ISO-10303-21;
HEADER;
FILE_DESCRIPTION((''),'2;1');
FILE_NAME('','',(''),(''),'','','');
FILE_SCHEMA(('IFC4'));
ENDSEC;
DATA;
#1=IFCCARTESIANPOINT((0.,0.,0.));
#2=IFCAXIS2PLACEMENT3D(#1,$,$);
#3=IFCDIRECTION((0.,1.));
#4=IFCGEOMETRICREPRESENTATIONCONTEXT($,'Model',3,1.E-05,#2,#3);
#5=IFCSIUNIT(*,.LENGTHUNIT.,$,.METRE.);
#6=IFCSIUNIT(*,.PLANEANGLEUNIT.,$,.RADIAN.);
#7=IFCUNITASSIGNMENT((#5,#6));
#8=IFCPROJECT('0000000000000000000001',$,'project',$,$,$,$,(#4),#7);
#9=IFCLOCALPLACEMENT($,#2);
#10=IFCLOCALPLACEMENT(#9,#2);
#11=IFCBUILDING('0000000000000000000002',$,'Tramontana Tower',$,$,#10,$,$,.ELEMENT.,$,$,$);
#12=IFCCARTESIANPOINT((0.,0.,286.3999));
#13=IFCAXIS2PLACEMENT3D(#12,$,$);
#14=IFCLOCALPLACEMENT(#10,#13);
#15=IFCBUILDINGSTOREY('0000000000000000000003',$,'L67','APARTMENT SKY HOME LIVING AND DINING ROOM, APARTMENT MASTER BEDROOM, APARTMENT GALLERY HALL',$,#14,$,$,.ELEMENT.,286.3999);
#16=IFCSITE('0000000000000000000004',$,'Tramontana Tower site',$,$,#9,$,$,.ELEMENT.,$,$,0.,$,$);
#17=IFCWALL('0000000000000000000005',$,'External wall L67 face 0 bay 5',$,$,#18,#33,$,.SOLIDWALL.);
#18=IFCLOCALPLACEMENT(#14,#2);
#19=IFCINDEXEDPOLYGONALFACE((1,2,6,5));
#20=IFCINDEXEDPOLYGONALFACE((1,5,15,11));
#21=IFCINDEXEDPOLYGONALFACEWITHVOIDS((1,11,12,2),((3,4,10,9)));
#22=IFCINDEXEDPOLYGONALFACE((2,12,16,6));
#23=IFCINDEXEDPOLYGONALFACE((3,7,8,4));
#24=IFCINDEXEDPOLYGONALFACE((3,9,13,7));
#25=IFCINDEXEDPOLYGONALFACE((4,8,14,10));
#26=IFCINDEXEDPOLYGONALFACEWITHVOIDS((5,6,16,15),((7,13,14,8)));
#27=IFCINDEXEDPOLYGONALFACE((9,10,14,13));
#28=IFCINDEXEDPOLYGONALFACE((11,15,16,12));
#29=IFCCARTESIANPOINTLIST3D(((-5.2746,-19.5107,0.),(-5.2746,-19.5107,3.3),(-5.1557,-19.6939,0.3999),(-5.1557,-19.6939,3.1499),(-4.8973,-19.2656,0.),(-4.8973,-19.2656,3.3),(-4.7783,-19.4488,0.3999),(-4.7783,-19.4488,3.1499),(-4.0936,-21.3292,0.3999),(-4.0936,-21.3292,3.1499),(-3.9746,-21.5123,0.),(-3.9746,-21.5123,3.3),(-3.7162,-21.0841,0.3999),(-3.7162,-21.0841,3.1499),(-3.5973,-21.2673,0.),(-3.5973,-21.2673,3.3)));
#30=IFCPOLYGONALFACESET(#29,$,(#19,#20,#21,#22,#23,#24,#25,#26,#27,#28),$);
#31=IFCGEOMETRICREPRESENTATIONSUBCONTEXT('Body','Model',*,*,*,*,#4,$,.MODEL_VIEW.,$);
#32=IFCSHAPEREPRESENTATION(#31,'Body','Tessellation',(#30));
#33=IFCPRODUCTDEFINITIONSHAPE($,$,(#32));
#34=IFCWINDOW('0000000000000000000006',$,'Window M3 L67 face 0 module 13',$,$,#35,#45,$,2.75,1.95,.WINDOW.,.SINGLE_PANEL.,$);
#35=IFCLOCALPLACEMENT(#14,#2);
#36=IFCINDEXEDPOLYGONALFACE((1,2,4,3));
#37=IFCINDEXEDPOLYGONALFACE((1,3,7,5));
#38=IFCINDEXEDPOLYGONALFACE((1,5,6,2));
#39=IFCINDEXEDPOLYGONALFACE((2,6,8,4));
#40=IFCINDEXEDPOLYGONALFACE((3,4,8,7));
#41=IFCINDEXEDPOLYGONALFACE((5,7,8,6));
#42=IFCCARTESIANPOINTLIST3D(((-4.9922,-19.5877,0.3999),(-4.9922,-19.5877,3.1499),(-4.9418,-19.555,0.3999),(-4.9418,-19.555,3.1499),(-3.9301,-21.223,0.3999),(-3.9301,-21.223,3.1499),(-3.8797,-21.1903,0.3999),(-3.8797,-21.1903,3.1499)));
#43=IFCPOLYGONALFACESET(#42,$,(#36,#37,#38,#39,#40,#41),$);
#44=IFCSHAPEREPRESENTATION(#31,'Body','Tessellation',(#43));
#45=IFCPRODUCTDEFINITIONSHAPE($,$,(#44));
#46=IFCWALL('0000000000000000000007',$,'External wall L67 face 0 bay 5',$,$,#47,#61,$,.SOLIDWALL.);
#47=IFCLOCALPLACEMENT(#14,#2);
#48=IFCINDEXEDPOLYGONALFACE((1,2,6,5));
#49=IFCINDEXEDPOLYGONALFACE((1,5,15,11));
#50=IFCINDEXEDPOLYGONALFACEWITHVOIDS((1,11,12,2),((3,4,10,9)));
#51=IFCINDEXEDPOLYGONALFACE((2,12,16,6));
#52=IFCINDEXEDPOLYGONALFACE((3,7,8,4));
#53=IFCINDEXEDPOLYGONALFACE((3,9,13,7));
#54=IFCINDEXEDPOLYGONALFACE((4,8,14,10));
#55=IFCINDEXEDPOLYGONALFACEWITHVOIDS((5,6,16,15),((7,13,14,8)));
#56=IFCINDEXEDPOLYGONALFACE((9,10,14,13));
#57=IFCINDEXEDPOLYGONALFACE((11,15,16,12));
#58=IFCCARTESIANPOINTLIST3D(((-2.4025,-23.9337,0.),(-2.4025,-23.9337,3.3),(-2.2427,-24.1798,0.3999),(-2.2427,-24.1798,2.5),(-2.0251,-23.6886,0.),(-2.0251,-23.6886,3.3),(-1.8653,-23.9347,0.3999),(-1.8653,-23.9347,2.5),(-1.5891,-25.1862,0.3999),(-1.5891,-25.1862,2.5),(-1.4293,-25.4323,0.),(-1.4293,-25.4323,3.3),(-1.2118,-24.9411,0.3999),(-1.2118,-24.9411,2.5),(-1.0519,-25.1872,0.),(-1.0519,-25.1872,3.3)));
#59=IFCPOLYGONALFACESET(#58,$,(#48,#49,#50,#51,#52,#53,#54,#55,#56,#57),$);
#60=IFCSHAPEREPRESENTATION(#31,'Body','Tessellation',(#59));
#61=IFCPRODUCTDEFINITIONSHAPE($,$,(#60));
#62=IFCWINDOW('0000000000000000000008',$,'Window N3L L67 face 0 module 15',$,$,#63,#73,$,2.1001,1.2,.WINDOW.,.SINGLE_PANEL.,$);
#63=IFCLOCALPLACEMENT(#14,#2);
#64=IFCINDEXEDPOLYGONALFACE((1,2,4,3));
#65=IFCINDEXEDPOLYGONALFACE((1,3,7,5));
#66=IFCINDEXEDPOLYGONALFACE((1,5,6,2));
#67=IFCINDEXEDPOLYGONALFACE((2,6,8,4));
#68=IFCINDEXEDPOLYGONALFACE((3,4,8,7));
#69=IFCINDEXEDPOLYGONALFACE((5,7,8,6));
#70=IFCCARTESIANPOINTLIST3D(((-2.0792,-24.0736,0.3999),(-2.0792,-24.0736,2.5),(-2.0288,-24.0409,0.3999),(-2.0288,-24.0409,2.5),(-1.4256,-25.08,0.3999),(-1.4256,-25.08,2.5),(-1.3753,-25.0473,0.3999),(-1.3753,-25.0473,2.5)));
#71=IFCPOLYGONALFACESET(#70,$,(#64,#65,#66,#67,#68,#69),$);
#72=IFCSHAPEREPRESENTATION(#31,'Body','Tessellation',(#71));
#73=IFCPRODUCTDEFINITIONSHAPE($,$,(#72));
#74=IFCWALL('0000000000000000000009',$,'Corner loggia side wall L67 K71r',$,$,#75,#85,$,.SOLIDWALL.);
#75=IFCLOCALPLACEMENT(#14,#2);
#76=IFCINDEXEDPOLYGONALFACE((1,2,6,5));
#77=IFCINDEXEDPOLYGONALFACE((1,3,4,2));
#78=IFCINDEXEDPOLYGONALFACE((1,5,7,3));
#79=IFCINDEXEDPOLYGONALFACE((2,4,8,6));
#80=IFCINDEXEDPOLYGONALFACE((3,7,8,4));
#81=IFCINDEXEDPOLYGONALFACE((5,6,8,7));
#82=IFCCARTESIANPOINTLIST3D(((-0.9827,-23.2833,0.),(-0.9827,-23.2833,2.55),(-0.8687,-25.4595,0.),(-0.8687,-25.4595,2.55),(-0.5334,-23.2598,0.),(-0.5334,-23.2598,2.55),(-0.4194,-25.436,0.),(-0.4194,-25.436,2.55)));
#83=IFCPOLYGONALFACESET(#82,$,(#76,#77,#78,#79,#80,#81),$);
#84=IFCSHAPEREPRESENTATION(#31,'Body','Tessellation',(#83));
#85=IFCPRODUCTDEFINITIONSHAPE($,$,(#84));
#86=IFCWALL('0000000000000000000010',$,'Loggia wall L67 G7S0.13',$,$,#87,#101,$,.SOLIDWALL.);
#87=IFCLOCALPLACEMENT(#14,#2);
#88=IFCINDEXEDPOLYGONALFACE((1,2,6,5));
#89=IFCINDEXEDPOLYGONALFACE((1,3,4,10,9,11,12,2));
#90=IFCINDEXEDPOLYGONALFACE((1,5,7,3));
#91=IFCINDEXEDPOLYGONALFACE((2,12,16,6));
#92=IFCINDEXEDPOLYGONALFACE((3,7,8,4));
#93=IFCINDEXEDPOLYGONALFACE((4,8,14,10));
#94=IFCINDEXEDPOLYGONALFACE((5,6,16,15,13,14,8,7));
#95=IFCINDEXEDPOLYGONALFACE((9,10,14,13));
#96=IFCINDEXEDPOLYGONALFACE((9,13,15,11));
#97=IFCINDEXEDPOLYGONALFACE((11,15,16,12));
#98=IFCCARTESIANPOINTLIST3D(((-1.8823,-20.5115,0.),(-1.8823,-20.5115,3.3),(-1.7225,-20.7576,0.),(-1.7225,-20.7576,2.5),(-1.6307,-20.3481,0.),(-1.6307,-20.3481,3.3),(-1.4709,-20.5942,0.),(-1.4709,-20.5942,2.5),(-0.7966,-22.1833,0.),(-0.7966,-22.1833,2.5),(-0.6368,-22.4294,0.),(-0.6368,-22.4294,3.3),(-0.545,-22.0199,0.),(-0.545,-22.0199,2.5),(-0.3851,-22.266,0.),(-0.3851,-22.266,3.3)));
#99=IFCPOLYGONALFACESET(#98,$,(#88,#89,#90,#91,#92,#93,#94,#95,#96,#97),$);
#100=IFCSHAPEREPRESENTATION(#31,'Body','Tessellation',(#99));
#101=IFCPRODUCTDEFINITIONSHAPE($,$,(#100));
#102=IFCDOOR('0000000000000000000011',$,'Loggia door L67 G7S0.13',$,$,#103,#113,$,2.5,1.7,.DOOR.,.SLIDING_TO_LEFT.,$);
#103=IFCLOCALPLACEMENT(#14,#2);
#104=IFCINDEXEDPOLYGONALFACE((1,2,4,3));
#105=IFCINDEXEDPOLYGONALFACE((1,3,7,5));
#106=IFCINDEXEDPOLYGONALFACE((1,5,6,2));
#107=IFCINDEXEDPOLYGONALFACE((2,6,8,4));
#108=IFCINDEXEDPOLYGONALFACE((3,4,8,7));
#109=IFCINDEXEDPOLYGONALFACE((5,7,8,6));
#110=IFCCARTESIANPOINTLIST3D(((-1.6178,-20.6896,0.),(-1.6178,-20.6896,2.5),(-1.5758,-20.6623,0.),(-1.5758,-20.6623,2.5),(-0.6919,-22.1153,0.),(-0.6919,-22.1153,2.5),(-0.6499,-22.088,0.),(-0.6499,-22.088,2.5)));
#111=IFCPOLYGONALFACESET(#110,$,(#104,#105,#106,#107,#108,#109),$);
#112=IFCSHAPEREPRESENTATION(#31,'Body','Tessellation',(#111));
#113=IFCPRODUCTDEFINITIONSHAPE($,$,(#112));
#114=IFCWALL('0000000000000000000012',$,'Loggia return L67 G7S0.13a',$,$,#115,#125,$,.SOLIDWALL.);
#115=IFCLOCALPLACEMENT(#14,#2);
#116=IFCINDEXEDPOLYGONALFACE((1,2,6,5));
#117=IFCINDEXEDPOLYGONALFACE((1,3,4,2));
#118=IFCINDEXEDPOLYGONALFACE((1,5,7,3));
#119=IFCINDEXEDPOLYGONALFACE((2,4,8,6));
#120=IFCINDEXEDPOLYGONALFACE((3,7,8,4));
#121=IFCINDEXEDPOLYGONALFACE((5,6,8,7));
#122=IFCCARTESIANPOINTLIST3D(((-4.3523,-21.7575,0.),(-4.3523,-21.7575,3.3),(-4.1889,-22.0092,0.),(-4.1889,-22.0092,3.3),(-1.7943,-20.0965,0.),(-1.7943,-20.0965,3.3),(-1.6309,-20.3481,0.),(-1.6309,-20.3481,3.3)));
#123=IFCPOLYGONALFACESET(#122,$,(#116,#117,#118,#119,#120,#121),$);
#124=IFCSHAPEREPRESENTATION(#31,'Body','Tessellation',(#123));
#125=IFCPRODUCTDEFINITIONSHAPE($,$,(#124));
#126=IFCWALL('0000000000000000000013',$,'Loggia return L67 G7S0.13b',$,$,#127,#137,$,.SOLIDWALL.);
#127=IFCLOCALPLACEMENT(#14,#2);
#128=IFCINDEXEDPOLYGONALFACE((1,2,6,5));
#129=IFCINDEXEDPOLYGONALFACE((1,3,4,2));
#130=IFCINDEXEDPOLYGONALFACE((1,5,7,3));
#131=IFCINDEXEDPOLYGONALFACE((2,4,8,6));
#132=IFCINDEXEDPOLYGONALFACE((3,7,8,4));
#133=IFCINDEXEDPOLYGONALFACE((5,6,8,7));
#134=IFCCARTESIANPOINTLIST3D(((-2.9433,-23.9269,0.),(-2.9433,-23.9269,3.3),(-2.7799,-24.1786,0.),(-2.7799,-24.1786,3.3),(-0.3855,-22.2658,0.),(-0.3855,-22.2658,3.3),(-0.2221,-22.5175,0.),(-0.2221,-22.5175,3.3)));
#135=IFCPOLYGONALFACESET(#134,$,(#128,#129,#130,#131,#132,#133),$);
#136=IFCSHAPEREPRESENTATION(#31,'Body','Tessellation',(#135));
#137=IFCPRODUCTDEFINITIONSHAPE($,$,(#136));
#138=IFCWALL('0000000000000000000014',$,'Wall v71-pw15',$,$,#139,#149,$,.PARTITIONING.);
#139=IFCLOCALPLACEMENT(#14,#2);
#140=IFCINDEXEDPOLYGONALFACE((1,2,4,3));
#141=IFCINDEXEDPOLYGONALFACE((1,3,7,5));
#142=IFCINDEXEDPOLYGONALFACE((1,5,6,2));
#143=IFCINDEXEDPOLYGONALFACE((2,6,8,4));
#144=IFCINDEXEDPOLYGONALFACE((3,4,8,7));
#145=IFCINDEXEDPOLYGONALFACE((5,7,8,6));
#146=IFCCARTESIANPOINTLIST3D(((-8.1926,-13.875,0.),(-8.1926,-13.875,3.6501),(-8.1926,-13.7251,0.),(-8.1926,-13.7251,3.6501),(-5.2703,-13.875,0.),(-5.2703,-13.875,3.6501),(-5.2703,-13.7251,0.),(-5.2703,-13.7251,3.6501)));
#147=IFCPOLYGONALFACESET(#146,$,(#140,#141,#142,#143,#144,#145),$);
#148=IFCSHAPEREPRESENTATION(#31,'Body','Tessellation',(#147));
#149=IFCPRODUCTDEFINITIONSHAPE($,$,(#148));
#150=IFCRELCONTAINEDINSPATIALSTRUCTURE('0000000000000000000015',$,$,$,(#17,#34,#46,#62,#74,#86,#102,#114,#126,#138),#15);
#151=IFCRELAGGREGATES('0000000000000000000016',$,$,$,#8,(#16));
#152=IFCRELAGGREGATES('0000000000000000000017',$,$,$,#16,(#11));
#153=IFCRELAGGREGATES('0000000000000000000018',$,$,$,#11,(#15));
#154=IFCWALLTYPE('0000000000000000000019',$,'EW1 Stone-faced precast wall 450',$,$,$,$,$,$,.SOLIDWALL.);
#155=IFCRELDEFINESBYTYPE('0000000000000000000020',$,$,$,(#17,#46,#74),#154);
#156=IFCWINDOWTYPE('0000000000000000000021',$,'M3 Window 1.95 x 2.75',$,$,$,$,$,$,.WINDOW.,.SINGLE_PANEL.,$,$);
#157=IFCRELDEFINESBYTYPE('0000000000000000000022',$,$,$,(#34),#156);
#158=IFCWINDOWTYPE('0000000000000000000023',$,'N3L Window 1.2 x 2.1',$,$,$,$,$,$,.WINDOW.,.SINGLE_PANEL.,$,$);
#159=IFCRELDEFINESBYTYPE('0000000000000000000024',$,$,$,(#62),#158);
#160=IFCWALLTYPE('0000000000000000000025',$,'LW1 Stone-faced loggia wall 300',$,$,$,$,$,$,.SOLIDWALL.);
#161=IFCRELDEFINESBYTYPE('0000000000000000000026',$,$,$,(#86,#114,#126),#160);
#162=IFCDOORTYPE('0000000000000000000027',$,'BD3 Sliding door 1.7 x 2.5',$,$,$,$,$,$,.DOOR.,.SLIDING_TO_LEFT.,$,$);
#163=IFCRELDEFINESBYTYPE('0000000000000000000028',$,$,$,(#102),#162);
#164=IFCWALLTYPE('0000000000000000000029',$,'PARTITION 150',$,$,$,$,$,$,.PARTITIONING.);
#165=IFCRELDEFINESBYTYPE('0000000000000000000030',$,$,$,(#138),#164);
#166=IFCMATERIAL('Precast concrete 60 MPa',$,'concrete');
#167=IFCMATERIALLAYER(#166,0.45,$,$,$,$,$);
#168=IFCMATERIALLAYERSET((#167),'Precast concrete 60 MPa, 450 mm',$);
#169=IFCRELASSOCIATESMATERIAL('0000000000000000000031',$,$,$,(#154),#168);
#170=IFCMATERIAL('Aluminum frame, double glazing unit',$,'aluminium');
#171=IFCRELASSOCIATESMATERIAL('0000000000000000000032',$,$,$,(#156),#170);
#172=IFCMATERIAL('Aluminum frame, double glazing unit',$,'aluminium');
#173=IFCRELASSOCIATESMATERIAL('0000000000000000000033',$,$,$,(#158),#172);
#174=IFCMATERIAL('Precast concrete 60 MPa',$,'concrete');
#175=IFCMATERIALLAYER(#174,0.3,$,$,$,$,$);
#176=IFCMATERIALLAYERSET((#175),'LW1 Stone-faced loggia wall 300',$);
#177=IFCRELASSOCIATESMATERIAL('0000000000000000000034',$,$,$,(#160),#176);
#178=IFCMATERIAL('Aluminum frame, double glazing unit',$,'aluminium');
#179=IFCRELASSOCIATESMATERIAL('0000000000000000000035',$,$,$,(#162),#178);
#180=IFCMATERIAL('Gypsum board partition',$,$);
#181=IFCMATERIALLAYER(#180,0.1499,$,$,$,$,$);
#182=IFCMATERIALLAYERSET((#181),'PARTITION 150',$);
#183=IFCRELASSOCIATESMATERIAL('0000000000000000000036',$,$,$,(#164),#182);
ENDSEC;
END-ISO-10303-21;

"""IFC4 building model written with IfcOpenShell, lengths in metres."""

from ifc_helpers import new_model, si_unit, direction, frame, frame_2d, origin, place, context, subcontext, project, spatial, rectangle, extrude, material, layer, layer_set, type_object, element, fill, save


model = new_model("IFC4")

# Units and contexts
model_context = context("Model", 3, precision=1e-05, world=origin(), true_north=direction((0.0, 1.0)))
body_context = subcontext(model_context, "Body", "Model", "MODEL_VIEW")
ifc_project = project(units=[si_unit("LENGTHUNIT", "METRE"), si_unit("PLANEANGLEUNIT", "RADIAN")], contexts=[model_context])

# Site, building, storey
site_placement = place(None, origin())
site = spatial("IfcSite", under=ifc_project, at=site_placement, Name="Tramontana Tower site", CompositionType="ELEMENT", RefElevation=0.0)
building_placement = place(site_placement, origin())
building = spatial("IfcBuilding", under=site, at=building_placement, Name="Tramontana Tower", CompositionType="ELEMENT")
storey_placement = place(building_placement, frame((0.0, 0.0, 286.3999)))
storey = spatial("IfcBuildingStorey", under=building, at=storey_placement, Name="L67", Description="APARTMENT SKY HOME LIVING AND DINING ROOM, APARTMENT MASTER BEDROOM, APARTMENT GALLERY HALL", CompositionType="ELEMENT", Elevation=286.3999)

# Shared definitions
ifc_material_1 = material(Name="Precast concrete 60 MPa", Category="concrete")
ifc_layer_1 = layer(ifc_material_1, 0.45)
ifc_layer_set_1 = layer_set([ifc_layer_1], Name="Precast concrete 60 MPa, 450 mm")
wall_type_1 = type_object("IfcWallType", Name="EW1 Stone-faced precast wall 450", PredefinedType="SOLIDWALL", material=ifc_layer_set_1)
ifc_material_2 = material(Name="Aluminum frame, double glazing unit", Category="aluminium")
window_type_1 = type_object("IfcWindowType", Name="M3 Window 1.95 x 2.75", PartitioningType="SINGLE_PANEL", PredefinedType="WINDOW", material=ifc_material_2)

# Walls, openings, windows
wall_1_placement = place(storey_placement, frame((-5.0859, -19.3882, 0.0), z_axis=(0.0, 0.0, 1.0), x_axis=(0.544676, -0.838647, 0.0)))
wall_1 = element("IfcWall", 1, at=wall_1_placement, inside=storey, type_object=wall_type_1, Name="External wall L67 face 0 bay 5", PredefinedType="SOLIDWALL", context=body_context, shape_type="SweptSolid", body=[
    extrude(rectangle(XDim=2.3867, YDim=0.45, at=frame_2d((1.1934, 0.0))), origin(), (0.0, 0.0, 1.0), 3.3),
])
opening_1_placement = place(wall_1_placement, frame((0.2183, 0.0, 0.3999)))
opening_1 = element("IfcOpeningElement", 2, at=opening_1_placement, cuts=wall_1, PredefinedType="OPENING", context=body_context, shape_type="SweptSolid", body=[
    extrude(rectangle(XDim=1.95, YDim=2.75, at=frame_2d((0.9751, 1.375))), frame((0.0, 0.2349, 0.0), z_axis=(0.0, -1.0, 0.0), x_axis=(1.0, 0.0, 0.0)), (0.0, 0.0, 1.0), 0.47),
])
window_1_placement = place(opening_1_placement, origin())
window_1 = element("IfcWindow", 3, at=window_1_placement, inside=storey, type_object=window_type_1, Name="Window M3 L67 face 0 module 13", OverallHeight=2.75, OverallWidth=1.95, PartitioningType="SINGLE_PANEL", PredefinedType="WINDOW", context=body_context, shape_type="SweptSolid", body=[
    extrude(rectangle(XDim=1.95, YDim=2.75, at=frame_2d((0.9751, 1.375))), frame((0.0, 0.03, 0.0), z_axis=(0.0, -1.0, 0.0), x_axis=(1.0, 0.0, 0.0)), (0.0, 0.0, 1.0), 0.0601),
])
fill(opening_1, window_1)
wall_2_placement = place(storey_placement, frame((-2.2139, -23.811, 0.0), z_axis=(0.0, 0.0, 1.0), x_axis=(0.544633, -0.838675, 0.0)))
wall_2 = element("IfcWall", 4, at=wall_2_placement, inside=storey, type_object=wall_type_1, Name="External wall L67 face 0 bay 5", PredefinedType="SOLIDWALL", context=body_context, shape_type="SweptSolid", body=[
    extrude(rectangle(XDim=1.7869, YDim=0.45, at=frame_2d((0.8936, 0.0))), origin(), (0.0, 0.0, 1.0), 3.3),
])
opening_2_placement = place(wall_2_placement, frame((0.2935, 0.0, 0.3999)))
opening_2 = element("IfcOpeningElement", 5, at=opening_2_placement, cuts=wall_2, PredefinedType="OPENING", context=body_context, shape_type="SweptSolid", body=[
    extrude(rectangle(XDim=1.2, YDim=2.1001, at=frame_2d((0.6001, 1.05))), frame((0.0, 0.2349, 0.0), z_axis=(0.0, -1.0, 0.0), x_axis=(1.0, 0.0, 0.0)), (0.0, 0.0, 1.0), 0.47),
])
ifc_material_3 = material(Name="Aluminum frame, double glazing unit", Category="aluminium")
window_type_2 = type_object("IfcWindowType", Name="N3L Window 1.2 x 2.1", PartitioningType="SINGLE_PANEL", PredefinedType="WINDOW", material=ifc_material_3)
window_2_placement = place(opening_2_placement, origin())
window_2 = element("IfcWindow", 6, at=window_2_placement, inside=storey, type_object=window_type_2, Name="Window N3L L67 face 0 module 15", OverallHeight=2.1001, OverallWidth=1.2, PartitioningType="SINGLE_PANEL", PredefinedType="WINDOW", context=body_context, shape_type="SweptSolid", body=[
    extrude(rectangle(XDim=1.2, YDim=2.1001, at=frame_2d((0.6001, 1.05))), frame((0.0, 0.03, 0.0), z_axis=(0.0, -1.0, 0.0), x_axis=(1.0, 0.0, 0.0)), (0.0, 0.0, 1.0), 0.0601),
])
fill(opening_2, window_2)

# Wall
wall_3_placement = place(storey_placement, frame((-0.644, -25.4478, 0.0), z_axis=(0.0, 0.0, 1.0), x_axis=(-0.052318, 0.99863, 0.0)))
element("IfcWall", 7, at=wall_3_placement, inside=storey, type_object=wall_type_1, Name="Corner loggia side wall L67 K71r", PredefinedType="SOLIDWALL", context=body_context, shape_type="SweptSolid", body=[
    extrude(rectangle(XDim=2.1792, YDim=0.45, at=frame_2d((1.0896, 0.0))), origin(), (0.0, 0.0, 1.0), 2.55),
])

# Wall, opening, door
ifc_material_4 = material(Name="Precast concrete 60 MPa", Category="concrete")
ifc_layer_2 = layer(ifc_material_4, 0.3)
ifc_layer_set_2 = layer_set([ifc_layer_2], Name="LW1 Stone-faced loggia wall 300")
wall_type_2 = type_object("IfcWallType", Name="LW1 Stone-faced loggia wall 300", PredefinedType="SOLIDWALL", material=ifc_layer_set_2)
wall_4_placement = place(storey_placement, frame((-1.7566, -20.4297, 0.0), z_axis=(0.0, 0.0, 1.0), x_axis=(0.544658, -0.838658, 0.0)))
wall_4 = element("IfcWall", 8, at=wall_4_placement, inside=storey, type_object=wall_type_2, Name="Loggia wall L67 G7S0.13", PredefinedType="SOLIDWALL", context=body_context, shape_type="SweptSolid", body=[
    extrude(rectangle(XDim=2.2869, YDim=0.3, at=frame_2d((1.1436, 0.0))), origin(), (0.0, 0.0, 1.0), 3.3),
])
opening_3_placement = place(wall_4_placement, frame((0.2935, 0.0, 0.0)))
opening_3 = element("IfcOpeningElement", 9, at=opening_3_placement, cuts=wall_4, PredefinedType="OPENING", context=body_context, shape_type="SweptSolid", body=[
    extrude(rectangle(XDim=1.7, YDim=2.5, at=frame_2d((0.8501, 1.25))), frame((0.0, 0.1599, 0.0), z_axis=(0.0, -1.0, 0.0), x_axis=(1.0, 0.0, 0.0)), (0.0, 0.0, 1.0), 0.3201),
])
ifc_material_5 = material(Name="Aluminum frame, double glazing unit", Category="aluminium")
door_type_1 = type_object("IfcDoorType", Name="BD3 Sliding door 1.7 x 2.5", OperationType="SLIDING_TO_LEFT", PredefinedType="DOOR", material=ifc_material_5)
door_1_placement = place(opening_3_placement, origin())
door_1 = element("IfcDoor", 10, at=door_1_placement, inside=storey, type_object=door_type_1, Name="Loggia door L67 G7S0.13", OperationType="SLIDING_TO_LEFT", OverallHeight=2.5, OverallWidth=1.7, PredefinedType="DOOR", context=body_context, shape_type="SweptSolid", body=[
    extrude(rectangle(XDim=1.7, YDim=2.5, at=frame_2d((0.8501, 1.25))), frame((0.0, 0.0249, 0.0), z_axis=(0.0, -1.0, 0.0), x_axis=(1.0, 0.0, 0.0)), (0.0, 0.0, 1.0), 0.05),
])
fill(opening_3, door_1)

# Walls
wall_5_placement = place(storey_placement, frame((-4.2705, -21.8833, 0.0), z_axis=(0.0, 0.0, 1.0), x_axis=(0.838689, 0.544611, 0.0)))
element("IfcWall", 11, at=wall_5_placement, inside=storey, type_object=wall_type_2, Name="Loggia return L67 G7S0.13a", PredefinedType="SOLIDWALL", context=body_context, shape_type="SweptSolid", body=[
    extrude(rectangle(XDim=3.05, YDim=0.3, at=frame_2d((1.5249, 0.0))), origin(), (0.0, 0.0, 1.0), 3.3),
])
wall_6_placement = place(storey_placement, frame((-2.8616, -24.0527, 0.0), z_axis=(0.0, 0.0, 1.0), x_axis=(0.838665, 0.544648, 0.0)))
element("IfcWall", 12, at=wall_6_placement, inside=storey, type_object=wall_type_2, Name="Loggia return L67 G7S0.13b", PredefinedType="SOLIDWALL", context=body_context, shape_type="SweptSolid", body=[
    extrude(rectangle(XDim=3.0498, YDim=0.3, at=frame_2d((1.5249, 0.0))), origin(), (0.0, 0.0, 1.0), 3.3),
])
ifc_material_6 = material(Name="Gypsum board partition")
ifc_layer_3 = layer(ifc_material_6, 0.1499)
ifc_layer_set_3 = layer_set([ifc_layer_3], Name="PARTITION 150")
wall_type_3 = type_object("IfcWallType", Name="PARTITION 150", PredefinedType="PARTITIONING", material=ifc_layer_set_3)
wall_7_placement = place(storey_placement, frame((-5.2703, -13.8, 0.0), z_axis=(0.0, 0.0, 1.0), x_axis=(-1.0, 0.0, 0.0)))
element("IfcWall", 13, at=wall_7_placement, inside=storey, type_object=wall_type_3, Name="Wall v71-pw15", PredefinedType="PARTITIONING", context=body_context, shape_type="SweptSolid", body=[
    extrude(rectangle(XDim=2.9224, YDim=0.1499, at=frame_2d((1.4612, 0.0))), origin(), (0.0, 0.0, 1.0), 3.6501),
])

save(model, "model.ifc")
